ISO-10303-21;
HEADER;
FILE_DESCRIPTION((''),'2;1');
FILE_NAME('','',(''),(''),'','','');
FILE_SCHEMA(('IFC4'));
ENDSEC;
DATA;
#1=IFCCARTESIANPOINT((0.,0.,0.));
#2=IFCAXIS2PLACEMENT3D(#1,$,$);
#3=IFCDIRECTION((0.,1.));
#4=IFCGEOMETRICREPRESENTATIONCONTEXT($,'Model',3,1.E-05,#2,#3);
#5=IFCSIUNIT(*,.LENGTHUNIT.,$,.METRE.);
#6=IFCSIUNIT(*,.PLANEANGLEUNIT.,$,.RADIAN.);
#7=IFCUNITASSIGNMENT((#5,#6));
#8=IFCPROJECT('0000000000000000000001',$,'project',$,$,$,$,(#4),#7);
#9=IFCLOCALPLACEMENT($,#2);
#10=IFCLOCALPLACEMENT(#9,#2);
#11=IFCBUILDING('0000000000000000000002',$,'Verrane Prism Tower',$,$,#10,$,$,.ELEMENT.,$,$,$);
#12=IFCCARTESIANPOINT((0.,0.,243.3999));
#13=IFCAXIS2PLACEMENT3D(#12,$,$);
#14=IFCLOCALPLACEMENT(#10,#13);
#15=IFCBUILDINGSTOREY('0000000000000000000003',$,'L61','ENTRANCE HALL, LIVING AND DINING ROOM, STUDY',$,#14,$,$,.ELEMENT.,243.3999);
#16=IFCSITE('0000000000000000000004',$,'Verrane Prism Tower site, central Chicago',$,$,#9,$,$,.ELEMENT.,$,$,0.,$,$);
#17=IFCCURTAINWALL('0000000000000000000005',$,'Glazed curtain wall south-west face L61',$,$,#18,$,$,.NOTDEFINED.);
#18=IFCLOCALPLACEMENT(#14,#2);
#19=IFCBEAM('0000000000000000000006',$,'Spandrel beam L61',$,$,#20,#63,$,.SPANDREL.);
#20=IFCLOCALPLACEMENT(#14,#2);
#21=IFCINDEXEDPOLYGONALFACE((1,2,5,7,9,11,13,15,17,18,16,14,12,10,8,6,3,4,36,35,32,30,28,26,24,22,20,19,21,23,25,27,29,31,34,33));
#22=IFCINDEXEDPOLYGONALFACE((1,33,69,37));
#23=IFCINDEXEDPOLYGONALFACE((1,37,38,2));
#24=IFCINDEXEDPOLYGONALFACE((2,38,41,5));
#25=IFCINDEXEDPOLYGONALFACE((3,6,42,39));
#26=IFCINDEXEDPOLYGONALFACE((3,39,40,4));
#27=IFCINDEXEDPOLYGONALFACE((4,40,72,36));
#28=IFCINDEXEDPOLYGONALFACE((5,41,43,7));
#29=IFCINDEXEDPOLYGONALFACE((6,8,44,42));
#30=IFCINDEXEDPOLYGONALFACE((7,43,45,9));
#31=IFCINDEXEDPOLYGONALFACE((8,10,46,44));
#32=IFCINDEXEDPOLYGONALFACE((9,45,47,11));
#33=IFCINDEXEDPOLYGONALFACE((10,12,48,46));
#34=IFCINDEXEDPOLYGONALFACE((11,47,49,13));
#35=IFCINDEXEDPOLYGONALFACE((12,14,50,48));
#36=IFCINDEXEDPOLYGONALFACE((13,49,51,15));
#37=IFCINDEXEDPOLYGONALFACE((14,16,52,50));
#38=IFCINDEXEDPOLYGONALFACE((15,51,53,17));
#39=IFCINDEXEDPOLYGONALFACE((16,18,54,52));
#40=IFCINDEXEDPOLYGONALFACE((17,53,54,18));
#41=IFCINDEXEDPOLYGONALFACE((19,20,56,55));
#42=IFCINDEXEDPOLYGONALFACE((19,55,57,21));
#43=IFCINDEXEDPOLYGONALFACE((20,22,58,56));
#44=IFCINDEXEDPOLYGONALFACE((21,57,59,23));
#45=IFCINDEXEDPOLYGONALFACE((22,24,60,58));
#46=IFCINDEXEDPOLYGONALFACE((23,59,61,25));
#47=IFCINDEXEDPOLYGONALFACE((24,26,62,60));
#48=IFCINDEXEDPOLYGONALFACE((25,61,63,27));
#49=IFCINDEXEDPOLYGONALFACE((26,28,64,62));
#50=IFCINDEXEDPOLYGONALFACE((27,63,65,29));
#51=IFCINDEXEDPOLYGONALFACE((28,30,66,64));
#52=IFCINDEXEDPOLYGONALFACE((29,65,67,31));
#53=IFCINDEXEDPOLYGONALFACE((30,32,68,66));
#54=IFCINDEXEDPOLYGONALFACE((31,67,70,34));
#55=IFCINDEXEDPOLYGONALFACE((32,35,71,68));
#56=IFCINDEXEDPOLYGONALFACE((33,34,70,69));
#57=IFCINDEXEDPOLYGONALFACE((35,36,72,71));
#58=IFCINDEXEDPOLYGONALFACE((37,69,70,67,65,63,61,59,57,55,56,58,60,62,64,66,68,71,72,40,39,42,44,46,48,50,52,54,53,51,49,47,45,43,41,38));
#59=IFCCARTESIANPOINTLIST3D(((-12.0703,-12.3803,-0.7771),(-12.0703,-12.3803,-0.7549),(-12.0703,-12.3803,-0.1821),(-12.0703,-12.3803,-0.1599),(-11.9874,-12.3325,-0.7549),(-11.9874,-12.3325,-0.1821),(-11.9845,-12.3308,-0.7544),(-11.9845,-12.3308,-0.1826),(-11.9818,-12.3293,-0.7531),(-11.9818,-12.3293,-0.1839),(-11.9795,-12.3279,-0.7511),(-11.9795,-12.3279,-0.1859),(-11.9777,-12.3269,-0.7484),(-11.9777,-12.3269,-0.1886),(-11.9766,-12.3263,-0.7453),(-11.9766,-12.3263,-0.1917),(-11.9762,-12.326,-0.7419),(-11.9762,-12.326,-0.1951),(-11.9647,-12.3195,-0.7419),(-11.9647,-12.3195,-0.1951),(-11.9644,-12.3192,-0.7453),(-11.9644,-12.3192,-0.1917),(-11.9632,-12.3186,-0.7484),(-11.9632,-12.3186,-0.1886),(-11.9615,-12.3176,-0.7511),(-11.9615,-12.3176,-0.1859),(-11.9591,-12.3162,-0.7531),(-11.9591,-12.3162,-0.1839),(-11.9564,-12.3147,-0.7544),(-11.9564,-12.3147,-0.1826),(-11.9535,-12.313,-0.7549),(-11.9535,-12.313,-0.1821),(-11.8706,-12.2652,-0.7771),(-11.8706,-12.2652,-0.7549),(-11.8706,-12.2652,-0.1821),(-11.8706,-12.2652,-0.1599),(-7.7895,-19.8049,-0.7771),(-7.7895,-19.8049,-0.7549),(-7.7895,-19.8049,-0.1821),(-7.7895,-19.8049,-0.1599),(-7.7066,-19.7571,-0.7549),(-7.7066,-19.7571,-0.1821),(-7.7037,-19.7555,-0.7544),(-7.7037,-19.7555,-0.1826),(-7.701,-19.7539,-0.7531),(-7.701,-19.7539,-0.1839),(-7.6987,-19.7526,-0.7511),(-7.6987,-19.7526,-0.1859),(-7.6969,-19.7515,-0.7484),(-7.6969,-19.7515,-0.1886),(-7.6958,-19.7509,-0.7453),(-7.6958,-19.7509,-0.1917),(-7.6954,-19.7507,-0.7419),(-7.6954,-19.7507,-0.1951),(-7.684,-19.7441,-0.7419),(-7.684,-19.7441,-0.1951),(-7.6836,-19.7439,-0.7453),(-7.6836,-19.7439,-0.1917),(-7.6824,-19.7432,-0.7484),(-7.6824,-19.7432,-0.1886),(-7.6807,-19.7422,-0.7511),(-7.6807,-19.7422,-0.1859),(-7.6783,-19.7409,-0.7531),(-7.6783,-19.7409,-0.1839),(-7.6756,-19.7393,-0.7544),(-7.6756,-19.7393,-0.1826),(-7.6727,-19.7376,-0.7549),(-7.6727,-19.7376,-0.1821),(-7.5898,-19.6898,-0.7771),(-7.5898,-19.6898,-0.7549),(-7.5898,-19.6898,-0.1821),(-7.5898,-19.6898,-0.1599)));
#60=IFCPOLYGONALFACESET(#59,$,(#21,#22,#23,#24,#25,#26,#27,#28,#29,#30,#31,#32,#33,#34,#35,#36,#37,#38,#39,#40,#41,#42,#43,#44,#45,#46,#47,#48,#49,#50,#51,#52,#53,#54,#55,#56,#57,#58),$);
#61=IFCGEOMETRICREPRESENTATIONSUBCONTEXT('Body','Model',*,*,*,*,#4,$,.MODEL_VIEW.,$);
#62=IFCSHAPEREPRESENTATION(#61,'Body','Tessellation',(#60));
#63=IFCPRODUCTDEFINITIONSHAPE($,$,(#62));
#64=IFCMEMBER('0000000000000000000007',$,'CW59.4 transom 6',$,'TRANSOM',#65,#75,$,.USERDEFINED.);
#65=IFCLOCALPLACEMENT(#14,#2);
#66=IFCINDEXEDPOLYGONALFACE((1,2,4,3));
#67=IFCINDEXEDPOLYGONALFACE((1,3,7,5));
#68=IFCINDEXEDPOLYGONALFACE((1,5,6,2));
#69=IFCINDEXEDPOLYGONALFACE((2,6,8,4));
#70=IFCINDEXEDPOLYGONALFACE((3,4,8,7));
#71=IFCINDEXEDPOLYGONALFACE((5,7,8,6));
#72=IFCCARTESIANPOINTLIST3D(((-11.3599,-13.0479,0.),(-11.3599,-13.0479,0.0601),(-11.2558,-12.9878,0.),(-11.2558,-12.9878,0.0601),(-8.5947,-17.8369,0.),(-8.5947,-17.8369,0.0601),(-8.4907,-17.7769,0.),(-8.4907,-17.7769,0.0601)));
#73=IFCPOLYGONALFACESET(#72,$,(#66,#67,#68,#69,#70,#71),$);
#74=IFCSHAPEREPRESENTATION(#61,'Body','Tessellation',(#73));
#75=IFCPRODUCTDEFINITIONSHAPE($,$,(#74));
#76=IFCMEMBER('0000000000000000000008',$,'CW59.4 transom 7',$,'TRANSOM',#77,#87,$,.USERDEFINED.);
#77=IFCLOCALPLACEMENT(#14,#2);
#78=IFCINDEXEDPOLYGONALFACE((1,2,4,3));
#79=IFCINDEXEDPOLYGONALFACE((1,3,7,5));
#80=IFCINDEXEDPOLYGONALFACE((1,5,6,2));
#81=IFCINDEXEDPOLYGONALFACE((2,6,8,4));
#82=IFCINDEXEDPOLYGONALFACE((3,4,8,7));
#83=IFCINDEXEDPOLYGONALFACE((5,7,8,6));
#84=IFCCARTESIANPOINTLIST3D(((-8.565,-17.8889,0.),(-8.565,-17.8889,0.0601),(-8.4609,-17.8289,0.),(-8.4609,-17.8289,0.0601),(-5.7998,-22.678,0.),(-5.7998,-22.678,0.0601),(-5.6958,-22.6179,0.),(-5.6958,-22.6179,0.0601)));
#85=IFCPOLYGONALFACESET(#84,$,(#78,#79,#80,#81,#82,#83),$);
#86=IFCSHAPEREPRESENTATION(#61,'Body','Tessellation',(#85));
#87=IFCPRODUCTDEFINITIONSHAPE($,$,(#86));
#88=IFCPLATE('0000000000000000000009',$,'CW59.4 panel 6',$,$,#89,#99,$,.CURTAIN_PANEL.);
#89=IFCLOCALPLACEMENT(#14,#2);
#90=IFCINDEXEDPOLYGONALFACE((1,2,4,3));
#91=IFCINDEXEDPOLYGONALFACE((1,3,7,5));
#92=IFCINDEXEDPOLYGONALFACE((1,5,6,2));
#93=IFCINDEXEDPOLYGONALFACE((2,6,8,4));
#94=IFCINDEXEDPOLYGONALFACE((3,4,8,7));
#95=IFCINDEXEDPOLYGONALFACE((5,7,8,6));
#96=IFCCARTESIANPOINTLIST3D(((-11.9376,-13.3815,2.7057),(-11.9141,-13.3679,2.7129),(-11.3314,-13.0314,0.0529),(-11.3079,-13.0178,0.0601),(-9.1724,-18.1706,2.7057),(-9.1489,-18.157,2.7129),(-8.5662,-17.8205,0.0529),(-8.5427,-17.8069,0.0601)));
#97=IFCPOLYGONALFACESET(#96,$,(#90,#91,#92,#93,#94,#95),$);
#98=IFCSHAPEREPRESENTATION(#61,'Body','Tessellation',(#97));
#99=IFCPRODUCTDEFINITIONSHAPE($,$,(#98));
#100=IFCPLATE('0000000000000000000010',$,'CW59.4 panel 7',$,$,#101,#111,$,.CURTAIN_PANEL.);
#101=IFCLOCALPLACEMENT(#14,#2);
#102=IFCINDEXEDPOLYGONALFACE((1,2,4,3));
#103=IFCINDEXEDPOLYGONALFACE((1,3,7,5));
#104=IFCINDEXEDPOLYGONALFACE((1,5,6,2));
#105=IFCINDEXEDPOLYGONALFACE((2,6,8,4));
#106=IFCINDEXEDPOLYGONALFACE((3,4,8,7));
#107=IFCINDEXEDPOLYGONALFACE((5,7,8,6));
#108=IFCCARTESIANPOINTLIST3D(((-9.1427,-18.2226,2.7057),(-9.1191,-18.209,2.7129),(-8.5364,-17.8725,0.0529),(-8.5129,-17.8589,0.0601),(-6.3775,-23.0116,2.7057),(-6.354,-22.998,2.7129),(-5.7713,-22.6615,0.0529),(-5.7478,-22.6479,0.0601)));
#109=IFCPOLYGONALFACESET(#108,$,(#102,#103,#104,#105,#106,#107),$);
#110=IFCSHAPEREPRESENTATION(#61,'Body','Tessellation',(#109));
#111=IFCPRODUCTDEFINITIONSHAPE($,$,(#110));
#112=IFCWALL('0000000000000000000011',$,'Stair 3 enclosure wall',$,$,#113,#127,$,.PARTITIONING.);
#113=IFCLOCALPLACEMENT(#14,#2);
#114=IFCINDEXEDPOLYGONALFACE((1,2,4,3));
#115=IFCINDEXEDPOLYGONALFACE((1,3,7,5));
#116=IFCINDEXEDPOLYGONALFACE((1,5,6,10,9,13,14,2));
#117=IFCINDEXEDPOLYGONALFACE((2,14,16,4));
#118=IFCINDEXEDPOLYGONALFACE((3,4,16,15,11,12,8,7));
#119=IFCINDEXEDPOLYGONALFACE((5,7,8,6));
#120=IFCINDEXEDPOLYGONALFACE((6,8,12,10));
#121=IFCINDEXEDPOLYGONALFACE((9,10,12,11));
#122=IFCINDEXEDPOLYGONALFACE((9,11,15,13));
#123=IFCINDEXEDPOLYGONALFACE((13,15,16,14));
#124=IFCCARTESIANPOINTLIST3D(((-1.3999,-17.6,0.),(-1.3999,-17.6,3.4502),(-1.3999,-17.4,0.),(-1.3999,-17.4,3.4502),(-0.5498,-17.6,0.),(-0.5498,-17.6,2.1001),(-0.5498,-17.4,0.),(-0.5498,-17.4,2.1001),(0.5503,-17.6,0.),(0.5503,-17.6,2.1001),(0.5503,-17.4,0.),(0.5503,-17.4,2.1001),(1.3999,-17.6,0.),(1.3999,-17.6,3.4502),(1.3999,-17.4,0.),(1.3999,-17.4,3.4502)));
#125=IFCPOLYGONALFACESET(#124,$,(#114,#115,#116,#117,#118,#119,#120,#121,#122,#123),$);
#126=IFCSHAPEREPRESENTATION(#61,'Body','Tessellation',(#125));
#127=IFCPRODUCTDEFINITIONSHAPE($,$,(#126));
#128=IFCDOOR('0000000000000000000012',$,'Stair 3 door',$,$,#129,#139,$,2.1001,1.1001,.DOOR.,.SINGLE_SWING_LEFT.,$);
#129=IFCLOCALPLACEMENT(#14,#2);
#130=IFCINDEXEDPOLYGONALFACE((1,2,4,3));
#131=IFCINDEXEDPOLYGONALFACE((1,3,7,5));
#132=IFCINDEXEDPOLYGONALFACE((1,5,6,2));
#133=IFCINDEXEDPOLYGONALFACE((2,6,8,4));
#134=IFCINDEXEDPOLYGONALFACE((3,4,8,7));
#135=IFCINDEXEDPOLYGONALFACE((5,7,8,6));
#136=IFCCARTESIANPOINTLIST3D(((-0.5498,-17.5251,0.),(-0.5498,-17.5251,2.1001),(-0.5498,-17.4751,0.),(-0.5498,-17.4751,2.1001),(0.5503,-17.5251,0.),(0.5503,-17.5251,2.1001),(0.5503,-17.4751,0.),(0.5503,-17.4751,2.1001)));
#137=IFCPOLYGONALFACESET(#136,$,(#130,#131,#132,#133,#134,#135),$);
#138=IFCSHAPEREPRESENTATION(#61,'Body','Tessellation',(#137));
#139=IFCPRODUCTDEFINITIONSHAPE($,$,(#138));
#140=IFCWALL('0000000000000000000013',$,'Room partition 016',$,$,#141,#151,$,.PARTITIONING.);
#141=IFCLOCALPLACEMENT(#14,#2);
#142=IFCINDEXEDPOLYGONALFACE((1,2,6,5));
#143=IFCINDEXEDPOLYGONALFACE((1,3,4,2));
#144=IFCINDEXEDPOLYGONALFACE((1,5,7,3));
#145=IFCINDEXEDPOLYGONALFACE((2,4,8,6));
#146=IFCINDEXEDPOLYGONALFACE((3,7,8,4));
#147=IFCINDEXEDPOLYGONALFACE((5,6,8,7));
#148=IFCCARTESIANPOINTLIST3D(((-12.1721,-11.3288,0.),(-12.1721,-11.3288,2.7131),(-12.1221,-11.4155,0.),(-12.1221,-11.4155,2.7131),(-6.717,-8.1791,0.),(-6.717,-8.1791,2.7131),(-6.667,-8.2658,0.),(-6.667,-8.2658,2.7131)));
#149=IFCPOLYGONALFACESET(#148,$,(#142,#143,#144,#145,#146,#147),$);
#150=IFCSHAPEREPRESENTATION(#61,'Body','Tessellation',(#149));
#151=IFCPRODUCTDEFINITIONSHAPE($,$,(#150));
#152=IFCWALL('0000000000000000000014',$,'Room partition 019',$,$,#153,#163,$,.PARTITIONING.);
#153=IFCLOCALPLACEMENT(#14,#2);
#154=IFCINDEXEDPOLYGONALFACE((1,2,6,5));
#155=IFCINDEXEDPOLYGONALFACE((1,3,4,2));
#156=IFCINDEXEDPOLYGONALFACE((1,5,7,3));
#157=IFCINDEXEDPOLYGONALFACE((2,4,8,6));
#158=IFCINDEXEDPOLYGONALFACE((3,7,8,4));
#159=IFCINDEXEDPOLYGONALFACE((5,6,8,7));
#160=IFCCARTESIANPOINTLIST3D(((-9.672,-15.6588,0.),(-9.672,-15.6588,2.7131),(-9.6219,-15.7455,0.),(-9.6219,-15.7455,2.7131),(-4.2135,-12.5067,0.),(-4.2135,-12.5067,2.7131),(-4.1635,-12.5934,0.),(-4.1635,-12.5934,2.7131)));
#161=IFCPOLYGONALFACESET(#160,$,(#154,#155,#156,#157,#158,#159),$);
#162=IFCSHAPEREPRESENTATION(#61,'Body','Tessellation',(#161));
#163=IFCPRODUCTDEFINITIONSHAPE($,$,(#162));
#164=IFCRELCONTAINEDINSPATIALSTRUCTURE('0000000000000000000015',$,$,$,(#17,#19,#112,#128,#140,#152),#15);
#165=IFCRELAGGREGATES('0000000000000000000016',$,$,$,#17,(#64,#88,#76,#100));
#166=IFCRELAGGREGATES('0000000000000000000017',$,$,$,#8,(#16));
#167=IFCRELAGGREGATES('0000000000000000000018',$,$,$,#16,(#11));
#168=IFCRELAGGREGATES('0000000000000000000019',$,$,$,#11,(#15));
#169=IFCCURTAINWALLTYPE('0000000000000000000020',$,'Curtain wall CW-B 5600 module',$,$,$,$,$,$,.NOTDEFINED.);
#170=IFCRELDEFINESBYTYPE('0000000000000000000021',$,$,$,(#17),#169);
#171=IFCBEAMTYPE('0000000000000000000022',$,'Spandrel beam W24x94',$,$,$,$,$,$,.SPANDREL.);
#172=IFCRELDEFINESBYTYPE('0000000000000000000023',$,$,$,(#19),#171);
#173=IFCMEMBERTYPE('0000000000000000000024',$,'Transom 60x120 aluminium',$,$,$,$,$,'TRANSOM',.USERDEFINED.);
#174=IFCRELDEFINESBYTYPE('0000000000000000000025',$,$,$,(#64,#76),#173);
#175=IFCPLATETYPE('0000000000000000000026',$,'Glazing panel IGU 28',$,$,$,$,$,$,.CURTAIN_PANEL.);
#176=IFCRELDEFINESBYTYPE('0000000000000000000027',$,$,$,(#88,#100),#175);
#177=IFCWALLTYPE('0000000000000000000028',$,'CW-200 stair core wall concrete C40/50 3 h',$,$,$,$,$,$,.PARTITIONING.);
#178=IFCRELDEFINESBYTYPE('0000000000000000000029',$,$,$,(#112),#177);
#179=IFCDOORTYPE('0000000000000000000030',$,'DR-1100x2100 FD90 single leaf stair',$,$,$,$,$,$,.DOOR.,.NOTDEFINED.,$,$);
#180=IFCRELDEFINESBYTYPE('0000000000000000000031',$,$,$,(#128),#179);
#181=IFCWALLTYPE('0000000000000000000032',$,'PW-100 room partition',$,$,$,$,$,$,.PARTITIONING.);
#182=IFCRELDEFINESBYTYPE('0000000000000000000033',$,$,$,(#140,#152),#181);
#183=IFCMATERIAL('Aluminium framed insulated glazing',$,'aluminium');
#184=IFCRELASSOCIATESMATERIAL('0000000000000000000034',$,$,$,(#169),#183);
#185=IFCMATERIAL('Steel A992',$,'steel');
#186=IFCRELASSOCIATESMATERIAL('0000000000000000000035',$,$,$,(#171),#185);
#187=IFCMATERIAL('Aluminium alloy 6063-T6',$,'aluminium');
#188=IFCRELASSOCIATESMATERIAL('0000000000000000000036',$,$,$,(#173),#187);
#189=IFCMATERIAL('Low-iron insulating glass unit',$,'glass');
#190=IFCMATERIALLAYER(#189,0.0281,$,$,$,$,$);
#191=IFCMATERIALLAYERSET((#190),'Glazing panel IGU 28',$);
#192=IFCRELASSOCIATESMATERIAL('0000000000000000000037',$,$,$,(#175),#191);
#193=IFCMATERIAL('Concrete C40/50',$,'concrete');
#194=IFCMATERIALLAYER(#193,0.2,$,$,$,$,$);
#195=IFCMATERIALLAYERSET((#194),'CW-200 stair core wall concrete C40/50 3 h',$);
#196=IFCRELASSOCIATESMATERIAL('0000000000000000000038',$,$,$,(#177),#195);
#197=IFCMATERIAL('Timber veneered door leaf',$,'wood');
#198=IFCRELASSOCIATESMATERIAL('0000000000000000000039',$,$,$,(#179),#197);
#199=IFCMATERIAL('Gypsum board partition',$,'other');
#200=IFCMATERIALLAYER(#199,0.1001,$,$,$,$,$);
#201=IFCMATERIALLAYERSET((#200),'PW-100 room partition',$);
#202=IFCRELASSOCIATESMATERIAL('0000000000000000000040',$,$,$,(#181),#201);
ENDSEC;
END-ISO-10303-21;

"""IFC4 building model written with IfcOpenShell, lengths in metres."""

from ifc_helpers import new_model, si_unit, direction, frame, frame_2d, origin, origin_2d, place, context, subcontext, project, spatial, polyline, rectangle, i_section, outline, extrude, material, layer, layer_set, material_profile, profile_set, type_object, element, fill, aggregate, save


model = new_model("IFC4")

# Units and contexts
model_context = context("Model", 3, precision=1e-05, world=origin(), true_north=direction((0.0, 1.0)))
body_context = subcontext(model_context, "Body", "Model", "MODEL_VIEW")
ifc_project = project(units=[si_unit("LENGTHUNIT", "METRE"), si_unit("PLANEANGLEUNIT", "RADIAN")], contexts=[model_context])

# Site, building, storey
site_placement = place(None, origin())
site = spatial("IfcSite", under=ifc_project, at=site_placement, Name="Verrane Prism Tower site, central Chicago", CompositionType="ELEMENT", RefElevation=0.0)
building_placement = place(site_placement, origin())
building = spatial("IfcBuilding", under=site, at=building_placement, Name="Verrane Prism Tower", CompositionType="ELEMENT")
storey_placement = place(building_placement, frame((0.0, 0.0, 243.3999)))
storey = spatial("IfcBuildingStorey", under=building, at=storey_placement, Name="L61", Description="ENTRANCE HALL, LIVING AND DINING ROOM, STUDY", CompositionType="ELEMENT", Elevation=243.3999)

# Curtain wall
ifc_material_1 = material(Name="Aluminium framed insulated glazing", Category="aluminium")
curtain_wall_type = type_object("IfcCurtainWallType", Name="Curtain wall CW-B 5600 module", PredefinedType="NOTDEFINED", material=ifc_material_1)
curtain_wall_placement = place(storey_placement, origin())
curtain_wall = element("IfcCurtainWall", 1, at=curtain_wall_placement, inside=storey, type_object=curtain_wall_type, Name="Glazed curtain wall south-west face L61", PredefinedType="NOTDEFINED")

# Beam
ifc_material_2 = material(Name="Steel A992", Category="steel")
ifc_material_profile_1 = material_profile(ifc_material_2, i_section(OverallWidth=0.2305, OverallDepth=0.6172, WebThickness=0.0132, FlangeThickness=0.0222, FilletRadius=0.0129, at=origin_2d()), Name="W24x94")
ifc_profile_set_1 = profile_set([ifc_material_profile_1], Name="Steel A992")
beam_type_1 = type_object("IfcBeamType", Name="Spandrel beam W24x94", PredefinedType="SPANDREL", material=ifc_profile_set_1)
beam_1_placement = place(storey_placement, frame((-11.9705, -12.3228, -0.4685), z_axis=(0.499491, -0.866319, 0.0), x_axis=(0.866319, 0.499491, 0.0)))
element("IfcBeam", 2, at=beam_1_placement, inside=storey, type_object=beam_type_1, Name="Spandrel beam L61", PredefinedType="SPANDREL", context=body_context, shape_type="SweptSolid", body=[
    extrude(i_section(OverallWidth=0.2305, OverallDepth=0.6172, WebThickness=0.0132, FlangeThickness=0.0222, FilletRadius=0.0129, at=origin_2d()), origin(), (0.0, 0.0, 1.0), 8.5703),
])

# Members
ifc_material_3 = material(Name="Aluminium alloy 6063-T6", Category="aluminium")
ifc_material_profile_2 = material_profile(ifc_material_3, rectangle(XDim=0.1201, YDim=0.0601, at=origin_2d()), Name="Transom 60x120 aluminium")
ifc_profile_set_2 = profile_set([ifc_material_profile_2], Name="Aluminium alloy 6063-T6")
member_type_1 = type_object("IfcMemberType", Name="Transom 60x120 aluminium", ElementType="TRANSOM", PredefinedType="USERDEFINED", material=ifc_profile_set_2)
member_1_placement = place(storey_placement, frame((-11.3079, -13.0178, 0.03), z_axis=(0.500023, -0.866012, 0.0), x_axis=(0.866012, 0.500023, 0.0)))
member_1 = element("IfcMember", 3, at=member_1_placement, type_object=member_type_1, Name="CW59.4 transom 6", ObjectType="TRANSOM", PredefinedType="USERDEFINED", context=body_context, shape_type="SweptSolid", body=[
    extrude(rectangle(XDim=0.1201, YDim=0.0601, at=origin_2d()), origin(), (0.0, 0.0, 1.0), 5.53),
])
member_2_placement = place(storey_placement, frame((-8.5129, -17.8589, 0.03), z_axis=(0.500023, -0.866012, 0.0), x_axis=(0.866012, 0.500023, 0.0)))
member_2 = element("IfcMember", 4, at=member_2_placement, type_object=member_type_1, Name="CW59.4 transom 7", ObjectType="TRANSOM", PredefinedType="USERDEFINED", context=body_context, shape_type="SweptSolid", body=[
    extrude(rectangle(XDim=0.1201, YDim=0.0601, at=origin_2d()), origin(), (0.0, 0.0, 1.0), 5.53),
])

# Plates
ifc_material_4 = material(Name="Low-iron insulating glass unit", Category="glass")
ifc_layer_1 = layer(ifc_material_4, 0.0281)
ifc_layer_set_1 = layer_set([ifc_layer_1], Name="Glazing panel IGU 28")
plate_type = type_object("IfcPlateType", Name="Glazing panel IGU 28", PredefinedType="CURTAIN_PANEL", material=ifc_layer_set_1)
plate_1_placement = place(storey_placement, frame((-11.3079, -13.0178, 0.0601), z_axis=(0.837349, 0.483473, 0.255148), x_axis=(0.500023, -0.866012, 0.0)))
plate_1 = element("IfcPlate", 5, at=plate_1_placement, type_object=plate_type, Name="CW59.4 panel 6", PredefinedType="CURTAIN_PANEL", context=body_context, shape_type="SweptSolid", body=[
    extrude(outline(polyline([(0.0, 0.0), (5.53, 0.0), (5.5301, -2.7436), (0.0001, -2.7436), (0.0, 0.0)])), origin(), (0.0, 0.0, -1.0), 0.0281),
])
plate_2_placement = place(storey_placement, frame((-8.5129, -17.8589, 0.0601), z_axis=(0.837349, 0.483473, 0.255148), x_axis=(0.500023, -0.866012, 0.0)))
plate_2 = element("IfcPlate", 6, at=plate_2_placement, type_object=plate_type, Name="CW59.4 panel 7", PredefinedType="CURTAIN_PANEL", context=body_context, shape_type="SweptSolid", body=[
    extrude(outline(polyline([(0.0, 0.0), (5.53, 0.0), (5.5301, -2.7436), (0.0001, -2.7436), (0.0, 0.0)])), origin(), (0.0, 0.0, -1.0), 0.0281),
])
aggregate(curtain_wall, [member_1, plate_1, member_2, plate_2])

# Wall, opening, door
ifc_material_5 = material(Name="Concrete C40/50", Category="concrete")
ifc_layer_2 = layer(ifc_material_5, 0.2)
ifc_layer_set_2 = layer_set([ifc_layer_2], Name="CW-200 stair core wall concrete C40/50 3 h")
wall_type_1 = type_object("IfcWallType", Name="CW-200 stair core wall concrete C40/50 3 h", PredefinedType="PARTITIONING", material=ifc_layer_set_2)
wall_1_placement = place(storey_placement, frame((-1.3999, -17.5, 0.0), z_axis=(0.0, 0.0, 1.0), x_axis=(1.0, 0.0, 0.0)))
wall_1 = element("IfcWall", 7, at=wall_1_placement, inside=storey, type_object=wall_type_1, Name="Stair 3 enclosure wall", PredefinedType="PARTITIONING", context=body_context, shape_type="SweptSolid", body=[
    extrude(rectangle(XDim=2.7998, YDim=0.2, at=frame_2d((1.3999, 0.0))), origin(), (0.0, 0.0, 1.0), 3.4502),
])
opening_1_placement = place(wall_1_placement, frame((0.8501, 0.0, 0.0)))
opening_1 = element("IfcOpeningElement", 8, at=opening_1_placement, cuts=wall_1, PredefinedType="OPENING", context=body_context, shape_type="SweptSolid", body=[
    extrude(rectangle(XDim=1.1001, YDim=2.1001, at=frame_2d((0.55, 1.05))), frame((0.0, 0.1099, 0.0), z_axis=(0.0, -1.0, 0.0), x_axis=(1.0, 0.0, 0.0)), (0.0, 0.0, 1.0), 0.22),
])
ifc_material_6 = material(Name="Timber veneered door leaf", Category="wood")
door_type_1 = type_object("IfcDoorType", Name="DR-1100x2100 FD90 single leaf stair", OperationType="NOTDEFINED", PredefinedType="DOOR", material=ifc_material_6)
door_1_placement = place(opening_1_placement, origin())
door_1 = element("IfcDoor", 9, at=door_1_placement, inside=storey, type_object=door_type_1, Name="Stair 3 door", OperationType="SINGLE_SWING_LEFT", OverallHeight=2.1001, OverallWidth=1.1001, PredefinedType="DOOR", context=body_context, shape_type="SweptSolid", body=[
    extrude(rectangle(XDim=1.1001, YDim=2.1001, at=frame_2d((0.55, 1.05))), frame((0.0, 0.0249, 0.0), z_axis=(0.0, -1.0, 0.0), x_axis=(1.0, 0.0, 0.0)), (0.0, 0.0, 1.0), 0.05),
])
fill(opening_1, door_1)

# Walls
ifc_material_7 = material(Name="Gypsum board partition", Category="other")
ifc_layer_3 = layer(ifc_material_7, 0.1001)
ifc_layer_set_3 = layer_set([ifc_layer_3], Name="PW-100 room partition")
wall_type_2 = type_object("IfcWallType", Name="PW-100 room partition", PredefinedType="PARTITIONING", material=ifc_layer_set_3)
wall_2_placement = place(storey_placement, frame((-12.147, -11.3721, 0.0), z_axis=(0.0, 0.0, 1.0), x_axis=(0.866014, 0.50002, 0.0)))
element("IfcWall", 10, at=wall_2_placement, inside=storey, type_object=wall_type_2, Name="Room partition 016", PredefinedType="PARTITIONING", context=body_context, shape_type="SweptSolid", body=[
    extrude(rectangle(XDim=6.2991, YDim=0.1001, at=frame_2d((3.1494, 0.0))), origin(), (0.0, 0.0, 1.0), 2.7131),
])
wall_3_placement = place(storey_placement, frame((-9.647, -15.7021, 0.0), z_axis=(0.0, 0.0, 1.0), x_axis=(0.865982, 0.500076, 0.0)))
element("IfcWall", 11, at=wall_3_placement, inside=storey, type_object=wall_type_2, Name="Room partition 019", PredefinedType="PARTITIONING", context=body_context, shape_type="SweptSolid", body=[
    extrude(rectangle(XDim=6.3032, YDim=0.1001, at=frame_2d((3.1516, 0.0))), origin(), (0.0, 0.0, 1.0), 2.7131),
])

save(model, "model.ifc")
